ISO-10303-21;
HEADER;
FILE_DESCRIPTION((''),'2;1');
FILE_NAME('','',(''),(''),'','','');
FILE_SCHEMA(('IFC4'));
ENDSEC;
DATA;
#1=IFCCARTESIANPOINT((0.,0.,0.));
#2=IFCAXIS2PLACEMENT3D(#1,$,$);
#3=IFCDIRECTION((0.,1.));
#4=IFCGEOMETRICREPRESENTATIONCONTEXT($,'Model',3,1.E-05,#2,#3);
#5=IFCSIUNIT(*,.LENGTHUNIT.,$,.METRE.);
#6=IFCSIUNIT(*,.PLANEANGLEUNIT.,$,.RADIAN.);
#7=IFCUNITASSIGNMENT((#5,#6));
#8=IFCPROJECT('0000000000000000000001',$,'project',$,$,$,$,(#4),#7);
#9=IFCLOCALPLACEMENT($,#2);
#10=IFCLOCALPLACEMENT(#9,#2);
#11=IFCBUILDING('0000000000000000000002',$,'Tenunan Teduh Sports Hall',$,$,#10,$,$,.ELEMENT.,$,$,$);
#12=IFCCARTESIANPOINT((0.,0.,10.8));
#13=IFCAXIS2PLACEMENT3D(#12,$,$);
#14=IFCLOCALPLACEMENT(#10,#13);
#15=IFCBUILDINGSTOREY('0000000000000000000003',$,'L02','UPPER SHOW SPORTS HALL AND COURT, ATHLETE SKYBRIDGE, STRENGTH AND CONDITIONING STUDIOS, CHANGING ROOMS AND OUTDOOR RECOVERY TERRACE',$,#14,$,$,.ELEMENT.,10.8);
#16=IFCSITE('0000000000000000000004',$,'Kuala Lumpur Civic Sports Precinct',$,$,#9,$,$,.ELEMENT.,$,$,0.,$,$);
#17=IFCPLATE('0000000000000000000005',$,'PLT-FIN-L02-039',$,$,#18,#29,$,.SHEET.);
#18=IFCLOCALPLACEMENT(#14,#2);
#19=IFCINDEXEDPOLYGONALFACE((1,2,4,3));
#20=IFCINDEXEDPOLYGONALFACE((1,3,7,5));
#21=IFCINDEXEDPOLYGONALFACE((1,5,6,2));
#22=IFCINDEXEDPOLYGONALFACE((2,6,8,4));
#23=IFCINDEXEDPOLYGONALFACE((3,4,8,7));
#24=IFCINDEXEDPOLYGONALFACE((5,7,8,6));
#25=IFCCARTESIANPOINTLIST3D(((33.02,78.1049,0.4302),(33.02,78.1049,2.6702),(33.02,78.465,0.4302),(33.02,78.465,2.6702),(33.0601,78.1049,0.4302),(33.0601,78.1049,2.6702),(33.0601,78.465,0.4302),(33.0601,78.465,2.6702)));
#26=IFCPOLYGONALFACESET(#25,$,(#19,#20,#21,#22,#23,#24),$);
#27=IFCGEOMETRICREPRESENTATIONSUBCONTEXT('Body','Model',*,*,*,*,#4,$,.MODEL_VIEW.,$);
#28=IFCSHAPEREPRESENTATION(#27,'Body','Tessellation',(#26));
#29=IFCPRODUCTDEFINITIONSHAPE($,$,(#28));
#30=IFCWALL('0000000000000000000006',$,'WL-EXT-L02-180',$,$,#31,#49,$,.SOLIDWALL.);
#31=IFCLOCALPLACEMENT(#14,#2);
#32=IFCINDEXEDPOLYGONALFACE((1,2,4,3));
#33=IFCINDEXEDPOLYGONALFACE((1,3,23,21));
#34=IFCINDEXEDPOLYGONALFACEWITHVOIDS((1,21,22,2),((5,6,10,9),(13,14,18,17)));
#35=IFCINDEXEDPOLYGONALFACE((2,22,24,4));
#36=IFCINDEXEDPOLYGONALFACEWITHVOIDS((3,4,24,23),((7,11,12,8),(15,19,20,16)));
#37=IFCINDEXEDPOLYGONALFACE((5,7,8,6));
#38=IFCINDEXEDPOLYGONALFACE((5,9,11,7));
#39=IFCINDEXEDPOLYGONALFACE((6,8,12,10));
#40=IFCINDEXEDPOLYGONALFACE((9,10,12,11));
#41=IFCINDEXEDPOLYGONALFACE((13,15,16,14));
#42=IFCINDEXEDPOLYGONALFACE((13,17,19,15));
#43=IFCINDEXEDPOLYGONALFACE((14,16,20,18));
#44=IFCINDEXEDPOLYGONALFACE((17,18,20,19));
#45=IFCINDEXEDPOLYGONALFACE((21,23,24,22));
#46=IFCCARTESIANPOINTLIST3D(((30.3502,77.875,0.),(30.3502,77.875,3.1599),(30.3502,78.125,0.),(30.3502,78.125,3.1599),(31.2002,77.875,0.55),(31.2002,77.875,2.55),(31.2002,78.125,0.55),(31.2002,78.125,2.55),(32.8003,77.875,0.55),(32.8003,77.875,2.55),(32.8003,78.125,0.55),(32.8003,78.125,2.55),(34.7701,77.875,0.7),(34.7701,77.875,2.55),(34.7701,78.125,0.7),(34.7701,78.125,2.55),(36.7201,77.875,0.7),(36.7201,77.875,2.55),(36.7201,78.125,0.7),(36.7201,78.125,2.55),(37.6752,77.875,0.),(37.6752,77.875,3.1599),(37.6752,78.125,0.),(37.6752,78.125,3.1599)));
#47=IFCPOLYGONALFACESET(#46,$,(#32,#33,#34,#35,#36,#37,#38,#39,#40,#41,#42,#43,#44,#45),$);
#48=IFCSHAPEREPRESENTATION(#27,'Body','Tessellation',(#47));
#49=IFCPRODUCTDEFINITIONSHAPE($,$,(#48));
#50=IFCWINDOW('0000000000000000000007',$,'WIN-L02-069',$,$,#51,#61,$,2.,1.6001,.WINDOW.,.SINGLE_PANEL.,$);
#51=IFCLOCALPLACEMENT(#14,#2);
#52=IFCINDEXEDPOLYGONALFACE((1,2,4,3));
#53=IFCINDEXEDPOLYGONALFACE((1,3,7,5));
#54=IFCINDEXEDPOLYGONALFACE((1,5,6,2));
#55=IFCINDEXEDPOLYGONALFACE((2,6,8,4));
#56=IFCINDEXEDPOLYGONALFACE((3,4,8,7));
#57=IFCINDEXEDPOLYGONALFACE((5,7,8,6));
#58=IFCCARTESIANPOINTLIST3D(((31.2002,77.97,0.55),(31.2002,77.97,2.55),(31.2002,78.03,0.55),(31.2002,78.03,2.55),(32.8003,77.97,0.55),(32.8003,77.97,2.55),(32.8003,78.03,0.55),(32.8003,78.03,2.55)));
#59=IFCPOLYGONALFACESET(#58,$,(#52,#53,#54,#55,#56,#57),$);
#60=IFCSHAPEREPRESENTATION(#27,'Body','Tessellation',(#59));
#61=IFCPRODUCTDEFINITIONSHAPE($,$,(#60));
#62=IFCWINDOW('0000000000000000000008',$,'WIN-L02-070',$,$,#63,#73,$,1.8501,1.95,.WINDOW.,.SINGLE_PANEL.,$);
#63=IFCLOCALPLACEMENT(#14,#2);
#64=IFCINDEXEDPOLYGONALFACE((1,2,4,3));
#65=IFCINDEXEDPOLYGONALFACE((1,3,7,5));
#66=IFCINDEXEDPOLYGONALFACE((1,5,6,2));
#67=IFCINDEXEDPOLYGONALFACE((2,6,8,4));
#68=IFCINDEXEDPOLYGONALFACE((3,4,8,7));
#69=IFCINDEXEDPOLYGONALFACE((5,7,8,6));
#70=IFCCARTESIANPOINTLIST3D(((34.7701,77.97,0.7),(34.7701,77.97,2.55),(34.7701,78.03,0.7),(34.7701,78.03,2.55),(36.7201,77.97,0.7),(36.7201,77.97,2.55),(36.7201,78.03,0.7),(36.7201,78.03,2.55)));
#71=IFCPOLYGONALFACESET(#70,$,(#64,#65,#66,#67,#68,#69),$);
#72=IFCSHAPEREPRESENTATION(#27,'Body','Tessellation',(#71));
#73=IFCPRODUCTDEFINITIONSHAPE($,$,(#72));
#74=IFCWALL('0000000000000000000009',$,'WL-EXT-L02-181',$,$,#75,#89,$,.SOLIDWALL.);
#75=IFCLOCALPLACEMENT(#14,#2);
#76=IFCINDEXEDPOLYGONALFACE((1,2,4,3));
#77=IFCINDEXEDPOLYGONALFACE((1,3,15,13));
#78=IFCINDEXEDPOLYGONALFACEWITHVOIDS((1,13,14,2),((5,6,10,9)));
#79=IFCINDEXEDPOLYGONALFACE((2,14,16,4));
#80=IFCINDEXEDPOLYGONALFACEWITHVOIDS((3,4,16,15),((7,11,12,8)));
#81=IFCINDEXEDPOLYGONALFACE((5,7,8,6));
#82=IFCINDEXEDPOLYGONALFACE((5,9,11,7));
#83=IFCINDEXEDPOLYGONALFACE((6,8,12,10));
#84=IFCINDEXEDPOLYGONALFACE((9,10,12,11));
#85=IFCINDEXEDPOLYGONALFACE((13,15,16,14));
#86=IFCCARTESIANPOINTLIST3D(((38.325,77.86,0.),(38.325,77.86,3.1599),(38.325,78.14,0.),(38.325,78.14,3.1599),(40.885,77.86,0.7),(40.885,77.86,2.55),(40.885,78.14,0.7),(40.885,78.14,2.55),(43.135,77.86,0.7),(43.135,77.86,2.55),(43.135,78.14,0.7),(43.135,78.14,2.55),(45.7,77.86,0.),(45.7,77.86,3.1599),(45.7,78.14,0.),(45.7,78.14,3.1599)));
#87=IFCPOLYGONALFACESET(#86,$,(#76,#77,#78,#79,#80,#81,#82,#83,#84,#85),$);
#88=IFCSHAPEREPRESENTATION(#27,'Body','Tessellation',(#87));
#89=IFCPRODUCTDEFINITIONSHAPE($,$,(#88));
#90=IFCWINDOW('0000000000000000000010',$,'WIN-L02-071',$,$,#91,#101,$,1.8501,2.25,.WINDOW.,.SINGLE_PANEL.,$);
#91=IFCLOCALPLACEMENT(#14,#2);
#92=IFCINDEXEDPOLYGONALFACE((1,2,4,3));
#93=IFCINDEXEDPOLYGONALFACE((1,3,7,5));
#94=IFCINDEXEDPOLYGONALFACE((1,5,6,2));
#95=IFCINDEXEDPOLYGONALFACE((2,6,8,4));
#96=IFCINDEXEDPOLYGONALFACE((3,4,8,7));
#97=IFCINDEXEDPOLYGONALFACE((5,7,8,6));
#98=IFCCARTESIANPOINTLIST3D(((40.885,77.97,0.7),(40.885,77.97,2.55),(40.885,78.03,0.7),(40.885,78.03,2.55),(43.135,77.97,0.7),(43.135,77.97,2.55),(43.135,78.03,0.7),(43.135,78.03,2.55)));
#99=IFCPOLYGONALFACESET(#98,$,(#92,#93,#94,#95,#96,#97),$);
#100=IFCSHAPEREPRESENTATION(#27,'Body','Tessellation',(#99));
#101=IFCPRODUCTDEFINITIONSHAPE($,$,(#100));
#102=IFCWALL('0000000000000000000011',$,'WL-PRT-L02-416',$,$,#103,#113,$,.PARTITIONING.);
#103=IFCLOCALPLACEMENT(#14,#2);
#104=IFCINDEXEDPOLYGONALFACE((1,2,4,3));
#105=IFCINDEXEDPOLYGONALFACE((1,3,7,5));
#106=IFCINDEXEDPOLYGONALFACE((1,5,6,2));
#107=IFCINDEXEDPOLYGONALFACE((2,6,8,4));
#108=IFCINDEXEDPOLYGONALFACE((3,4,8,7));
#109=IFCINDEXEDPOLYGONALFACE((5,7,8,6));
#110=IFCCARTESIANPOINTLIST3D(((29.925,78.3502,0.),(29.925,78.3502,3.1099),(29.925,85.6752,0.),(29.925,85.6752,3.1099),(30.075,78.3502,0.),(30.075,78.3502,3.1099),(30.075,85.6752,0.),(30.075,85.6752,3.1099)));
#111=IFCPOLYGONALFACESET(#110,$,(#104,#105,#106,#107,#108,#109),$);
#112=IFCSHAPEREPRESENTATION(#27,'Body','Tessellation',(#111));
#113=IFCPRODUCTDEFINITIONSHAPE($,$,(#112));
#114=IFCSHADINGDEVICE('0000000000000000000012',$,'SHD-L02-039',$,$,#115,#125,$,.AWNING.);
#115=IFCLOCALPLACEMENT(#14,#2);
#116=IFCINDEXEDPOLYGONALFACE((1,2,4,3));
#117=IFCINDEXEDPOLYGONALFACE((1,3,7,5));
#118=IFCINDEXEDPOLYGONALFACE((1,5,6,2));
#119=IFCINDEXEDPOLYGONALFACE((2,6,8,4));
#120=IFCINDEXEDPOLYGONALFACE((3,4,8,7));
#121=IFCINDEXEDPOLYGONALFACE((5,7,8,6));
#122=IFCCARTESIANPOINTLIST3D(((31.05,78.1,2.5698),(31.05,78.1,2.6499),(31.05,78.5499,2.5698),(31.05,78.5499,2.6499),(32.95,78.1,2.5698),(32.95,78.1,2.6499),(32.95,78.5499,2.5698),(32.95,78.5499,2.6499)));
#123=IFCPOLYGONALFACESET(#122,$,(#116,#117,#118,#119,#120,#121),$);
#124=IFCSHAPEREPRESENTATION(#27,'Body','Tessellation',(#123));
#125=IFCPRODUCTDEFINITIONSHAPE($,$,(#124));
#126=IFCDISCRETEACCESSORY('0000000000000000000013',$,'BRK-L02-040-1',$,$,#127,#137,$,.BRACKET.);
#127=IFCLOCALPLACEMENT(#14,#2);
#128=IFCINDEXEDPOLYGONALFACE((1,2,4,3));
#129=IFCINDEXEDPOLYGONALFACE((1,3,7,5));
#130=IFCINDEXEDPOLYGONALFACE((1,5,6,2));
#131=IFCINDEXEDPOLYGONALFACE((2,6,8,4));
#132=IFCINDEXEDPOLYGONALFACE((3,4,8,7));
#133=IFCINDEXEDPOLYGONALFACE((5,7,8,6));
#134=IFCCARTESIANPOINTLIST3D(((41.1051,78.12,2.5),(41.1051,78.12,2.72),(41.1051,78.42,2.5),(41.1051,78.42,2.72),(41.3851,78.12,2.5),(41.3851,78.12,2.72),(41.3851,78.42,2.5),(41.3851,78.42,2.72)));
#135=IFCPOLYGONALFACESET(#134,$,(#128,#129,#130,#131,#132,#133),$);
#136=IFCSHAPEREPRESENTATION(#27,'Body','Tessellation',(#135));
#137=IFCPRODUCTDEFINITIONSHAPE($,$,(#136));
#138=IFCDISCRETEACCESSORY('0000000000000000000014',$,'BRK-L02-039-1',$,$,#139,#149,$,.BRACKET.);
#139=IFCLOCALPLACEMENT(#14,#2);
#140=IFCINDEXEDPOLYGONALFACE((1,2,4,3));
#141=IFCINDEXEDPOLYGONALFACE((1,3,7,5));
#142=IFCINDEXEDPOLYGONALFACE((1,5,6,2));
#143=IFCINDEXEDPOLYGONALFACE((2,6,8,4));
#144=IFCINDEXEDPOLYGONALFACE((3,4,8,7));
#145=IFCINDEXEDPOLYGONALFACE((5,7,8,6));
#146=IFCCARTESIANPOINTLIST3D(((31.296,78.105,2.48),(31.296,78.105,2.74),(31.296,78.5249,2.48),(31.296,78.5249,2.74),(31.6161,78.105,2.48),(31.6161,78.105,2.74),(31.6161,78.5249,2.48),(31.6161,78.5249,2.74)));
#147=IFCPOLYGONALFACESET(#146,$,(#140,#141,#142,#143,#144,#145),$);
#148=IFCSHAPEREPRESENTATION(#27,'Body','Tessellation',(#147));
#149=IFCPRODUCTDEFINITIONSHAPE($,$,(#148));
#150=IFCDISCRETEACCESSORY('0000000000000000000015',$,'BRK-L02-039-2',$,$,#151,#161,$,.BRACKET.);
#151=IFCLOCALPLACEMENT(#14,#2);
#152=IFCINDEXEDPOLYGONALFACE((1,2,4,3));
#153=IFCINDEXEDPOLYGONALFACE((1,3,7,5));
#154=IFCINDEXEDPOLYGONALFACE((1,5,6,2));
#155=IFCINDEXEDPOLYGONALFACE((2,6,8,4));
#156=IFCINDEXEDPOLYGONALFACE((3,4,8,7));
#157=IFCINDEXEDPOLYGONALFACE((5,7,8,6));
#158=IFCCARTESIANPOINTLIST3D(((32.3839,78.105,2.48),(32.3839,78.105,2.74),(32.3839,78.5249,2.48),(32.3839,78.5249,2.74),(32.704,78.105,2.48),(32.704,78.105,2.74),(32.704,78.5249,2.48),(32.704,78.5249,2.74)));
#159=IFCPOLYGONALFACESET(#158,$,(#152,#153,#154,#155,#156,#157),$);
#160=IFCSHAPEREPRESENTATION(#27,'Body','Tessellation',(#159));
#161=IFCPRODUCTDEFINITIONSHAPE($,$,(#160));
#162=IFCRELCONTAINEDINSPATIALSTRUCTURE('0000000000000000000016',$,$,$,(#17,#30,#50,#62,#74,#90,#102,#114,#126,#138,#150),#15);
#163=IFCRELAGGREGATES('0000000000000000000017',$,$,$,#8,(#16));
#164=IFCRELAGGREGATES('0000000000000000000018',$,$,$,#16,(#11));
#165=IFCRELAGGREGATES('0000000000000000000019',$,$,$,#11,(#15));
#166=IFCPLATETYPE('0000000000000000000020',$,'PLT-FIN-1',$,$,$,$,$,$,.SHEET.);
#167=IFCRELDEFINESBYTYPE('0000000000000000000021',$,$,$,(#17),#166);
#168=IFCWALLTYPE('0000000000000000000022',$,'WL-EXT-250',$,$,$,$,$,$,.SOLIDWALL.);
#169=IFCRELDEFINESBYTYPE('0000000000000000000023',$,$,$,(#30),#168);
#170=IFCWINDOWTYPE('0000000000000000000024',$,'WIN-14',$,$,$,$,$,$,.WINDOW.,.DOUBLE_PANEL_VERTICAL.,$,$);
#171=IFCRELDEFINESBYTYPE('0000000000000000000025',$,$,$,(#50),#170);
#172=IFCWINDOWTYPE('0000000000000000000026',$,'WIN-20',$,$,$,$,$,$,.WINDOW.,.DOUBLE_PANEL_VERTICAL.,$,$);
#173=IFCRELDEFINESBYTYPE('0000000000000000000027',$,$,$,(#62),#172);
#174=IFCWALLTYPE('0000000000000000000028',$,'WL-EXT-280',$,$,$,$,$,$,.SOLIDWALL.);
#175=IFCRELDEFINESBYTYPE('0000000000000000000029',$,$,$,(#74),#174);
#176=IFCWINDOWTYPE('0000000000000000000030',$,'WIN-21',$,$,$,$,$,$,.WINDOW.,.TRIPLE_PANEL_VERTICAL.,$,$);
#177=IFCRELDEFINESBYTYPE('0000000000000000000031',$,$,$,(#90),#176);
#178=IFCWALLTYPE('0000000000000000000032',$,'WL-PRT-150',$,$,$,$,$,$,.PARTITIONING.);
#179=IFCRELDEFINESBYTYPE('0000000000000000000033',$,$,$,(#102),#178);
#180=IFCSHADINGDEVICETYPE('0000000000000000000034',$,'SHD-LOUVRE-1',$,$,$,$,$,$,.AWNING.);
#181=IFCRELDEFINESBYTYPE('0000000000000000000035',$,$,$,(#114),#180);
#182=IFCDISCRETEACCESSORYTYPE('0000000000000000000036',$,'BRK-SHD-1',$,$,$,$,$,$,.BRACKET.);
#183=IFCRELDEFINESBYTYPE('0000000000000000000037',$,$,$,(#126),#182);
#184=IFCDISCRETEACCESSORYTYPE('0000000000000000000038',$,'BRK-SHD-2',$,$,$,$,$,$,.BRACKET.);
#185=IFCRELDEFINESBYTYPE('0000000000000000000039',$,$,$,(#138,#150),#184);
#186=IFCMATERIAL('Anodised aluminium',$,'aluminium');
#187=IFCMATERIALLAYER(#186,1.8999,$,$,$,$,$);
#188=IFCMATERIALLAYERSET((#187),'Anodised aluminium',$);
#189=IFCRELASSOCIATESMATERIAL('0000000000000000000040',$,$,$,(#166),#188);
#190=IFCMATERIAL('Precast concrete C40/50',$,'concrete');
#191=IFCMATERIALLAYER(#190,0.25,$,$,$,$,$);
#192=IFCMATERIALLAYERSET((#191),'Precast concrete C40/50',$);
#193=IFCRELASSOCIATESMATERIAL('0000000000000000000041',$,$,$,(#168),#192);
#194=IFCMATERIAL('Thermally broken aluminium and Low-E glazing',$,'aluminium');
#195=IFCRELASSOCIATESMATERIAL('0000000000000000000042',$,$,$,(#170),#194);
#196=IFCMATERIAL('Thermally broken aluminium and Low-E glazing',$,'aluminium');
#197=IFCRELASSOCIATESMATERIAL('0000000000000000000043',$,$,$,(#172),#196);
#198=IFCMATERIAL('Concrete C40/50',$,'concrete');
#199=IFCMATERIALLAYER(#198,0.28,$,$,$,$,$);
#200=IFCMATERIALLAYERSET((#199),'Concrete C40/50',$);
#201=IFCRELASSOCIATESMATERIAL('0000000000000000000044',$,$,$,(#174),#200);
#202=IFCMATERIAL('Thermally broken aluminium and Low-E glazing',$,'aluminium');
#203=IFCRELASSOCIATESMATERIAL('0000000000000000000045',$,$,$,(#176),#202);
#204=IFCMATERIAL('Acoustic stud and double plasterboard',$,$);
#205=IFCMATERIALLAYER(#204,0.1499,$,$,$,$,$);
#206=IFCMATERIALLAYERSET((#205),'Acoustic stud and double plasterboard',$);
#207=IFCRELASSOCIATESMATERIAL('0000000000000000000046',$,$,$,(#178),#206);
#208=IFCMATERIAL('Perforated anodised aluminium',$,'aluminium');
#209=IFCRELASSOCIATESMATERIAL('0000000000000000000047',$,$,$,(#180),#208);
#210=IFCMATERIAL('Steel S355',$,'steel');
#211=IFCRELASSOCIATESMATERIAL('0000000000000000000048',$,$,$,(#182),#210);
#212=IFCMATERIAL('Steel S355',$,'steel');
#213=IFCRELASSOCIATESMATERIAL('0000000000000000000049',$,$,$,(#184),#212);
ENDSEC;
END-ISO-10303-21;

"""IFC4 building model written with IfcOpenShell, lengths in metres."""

from ifc_helpers import new_model, si_unit, direction, frame, frame_2d, origin, origin_2d, place, context, subcontext, project, spatial, rectangle, extrude, material, layer, layer_set, type_object, element, fill, save


model = new_model("IFC4")

# Units and contexts
model_context = context("Model", 3, precision=1e-05, world=origin(), true_north=direction((0.0, 1.0)))
body_context = subcontext(model_context, "Body", "Model", "MODEL_VIEW")
ifc_project = project(units=[si_unit("LENGTHUNIT", "METRE"), si_unit("PLANEANGLEUNIT", "RADIAN")], contexts=[model_context])

# Site, building, storey
site_placement = place(None, origin())
site = spatial("IfcSite", under=ifc_project, at=site_placement, Name="Kuala Lumpur Civic Sports Precinct", CompositionType="ELEMENT", RefElevation=0.0)
building_placement = place(site_placement, origin())
building = spatial("IfcBuilding", under=site, at=building_placement, Name="Tenunan Teduh Sports Hall", CompositionType="ELEMENT")
storey_placement = place(building_placement, frame((0.0, 0.0, 10.8)))
storey = spatial("IfcBuildingStorey", under=building, at=storey_placement, Name="L02", Description="UPPER SHOW SPORTS HALL AND COURT, ATHLETE SKYBRIDGE, STRENGTH AND CONDITIONING STUDIOS, CHANGING ROOMS AND OUTDOOR RECOVERY TERRACE", CompositionType="ELEMENT", Elevation=10.8)

# Plate
ifc_material_1 = material(Name="Anodised aluminium", Category="aluminium")
ifc_layer_1 = layer(ifc_material_1, 1.8999)
ifc_layer_set_1 = layer_set([ifc_layer_1], Name="Anodised aluminium")
plate_type = type_object("IfcPlateType", Name="PLT-FIN-1", PredefinedType="SHEET", material=ifc_layer_set_1)
plate_placement = place(storey_placement, frame((33.04, 78.2849, 0.4302), z_axis=(0.0, 0.0, 1.0), x_axis=(1.0, 0.0, 0.0)))
element("IfcPlate", 1, at=plate_placement, inside=storey, type_object=plate_type, Name="PLT-FIN-L02-039", PredefinedType="SHEET", context=body_context, shape_type="SweptSolid", body=[
    extrude(rectangle(XDim=0.04, YDim=0.3601, at=origin_2d()), origin(), (0.0, 0.0, 1.0), 2.24),
])

# Wall, openings, windows
ifc_material_2 = material(Name="Precast concrete C40/50", Category="concrete")
ifc_layer_2 = layer(ifc_material_2, 0.25)
ifc_layer_set_2 = layer_set([ifc_layer_2], Name="Precast concrete C40/50")
wall_type_1 = type_object("IfcWallType", Name="WL-EXT-250", PredefinedType="SOLIDWALL", material=ifc_layer_set_2)
wall_1_placement = place(storey_placement, frame((30.3501, 78.0, 0.0), z_axis=(0.0, 0.0, 1.0), x_axis=(1.0, 0.0, 0.0)))
wall_1 = element("IfcWall", 2, at=wall_1_placement, inside=storey, type_object=wall_type_1, Name="WL-EXT-L02-180", PredefinedType="SOLIDWALL", context=body_context, shape_type="SweptSolid", body=[
    extrude(rectangle(XDim=7.325, YDim=0.25, at=frame_2d((3.6626, 0.0))), origin(), (0.0, 0.0, 1.0), 3.1599),
])
opening_1_placement = place(wall_1_placement, frame((0.8501, 0.0, 0.55)))
opening_1 = element("IfcOpeningElement", 3, at=opening_1_placement, cuts=wall_1, PredefinedType="OPENING", context=body_context, shape_type="SweptSolid", body=[
    extrude(rectangle(XDim=1.6001, YDim=2.0, at=frame_2d((0.8, 1.0))), frame((0.0, 0.135, 0.0), z_axis=(0.0, -1.0, 0.0), x_axis=(1.0, 0.0, 0.0)), (0.0, 0.0, 1.0), 0.27),
])
opening_2_placement = place(wall_1_placement, frame((4.4199, 0.0, 0.7)))
opening_2 = element("IfcOpeningElement", 4, at=opening_2_placement, cuts=wall_1, PredefinedType="OPENING", context=body_context, shape_type="SweptSolid", body=[
    extrude(rectangle(XDim=1.95, YDim=1.8501, at=frame_2d((0.9751, 0.925))), frame((0.0, 0.135, 0.0), z_axis=(0.0, -1.0, 0.0), x_axis=(1.0, 0.0, 0.0)), (0.0, 0.0, 1.0), 0.27),
])
ifc_material_3 = material(Name="Thermally broken aluminium and Low-E glazing", Category="aluminium")
window_type_1 = type_object("IfcWindowType", Name="WIN-14", PartitioningType="DOUBLE_PANEL_VERTICAL", PredefinedType="WINDOW", material=ifc_material_3)
window_1_placement = place(opening_1_placement, origin())
window_1 = element("IfcWindow", 5, at=window_1_placement, inside=storey, type_object=window_type_1, Name="WIN-L02-069", OverallHeight=2.0, OverallWidth=1.6001, PartitioningType="SINGLE_PANEL", PredefinedType="WINDOW", context=body_context, shape_type="SweptSolid", body=[
    extrude(rectangle(XDim=1.6001, YDim=2.0, at=frame_2d((0.8, 1.0))), frame((0.0, 0.03, 0.0), z_axis=(0.0, -1.0, 0.0), x_axis=(1.0, 0.0, 0.0)), (0.0, 0.0, 1.0), 0.0601),
])
fill(opening_1, window_1)
ifc_material_4 = material(Name="Thermally broken aluminium and Low-E glazing", Category="aluminium")
window_type_2 = type_object("IfcWindowType", Name="WIN-20", PartitioningType="DOUBLE_PANEL_VERTICAL", PredefinedType="WINDOW", material=ifc_material_4)
window_2_placement = place(opening_2_placement, origin())
window_2 = element("IfcWindow", 6, at=window_2_placement, inside=storey, type_object=window_type_2, Name="WIN-L02-070", OverallHeight=1.8501, OverallWidth=1.95, PartitioningType="SINGLE_PANEL", PredefinedType="WINDOW", context=body_context, shape_type="SweptSolid", body=[
    extrude(rectangle(XDim=1.95, YDim=1.8501, at=frame_2d((0.9751, 0.925))), frame((0.0, 0.03, 0.0), z_axis=(0.0, -1.0, 0.0), x_axis=(1.0, 0.0, 0.0)), (0.0, 0.0, 1.0), 0.0601),
])
fill(opening_2, window_2)

# Wall, opening, window
ifc_material_5 = material(Name="Concrete C40/50", Category="concrete")
ifc_layer_3 = layer(ifc_material_5, 0.28)
ifc_layer_set_3 = layer_set([ifc_layer_3], Name="Concrete C40/50")
wall_type_2 = type_object("IfcWallType", Name="WL-EXT-280", PredefinedType="SOLIDWALL", material=ifc_layer_set_3)
wall_2_placement = place(storey_placement, frame((38.325, 78.0, 0.0), z_axis=(0.0, 0.0, 1.0), x_axis=(1.0, 0.0, 0.0)))
wall_2 = element("IfcWall", 7, at=wall_2_placement, inside=storey, type_object=wall_type_2, Name="WL-EXT-L02-181", PredefinedType="SOLIDWALL", context=body_context, shape_type="SweptSolid", body=[
    extrude(rectangle(XDim=7.375, YDim=0.28, at=frame_2d((3.6875, 0.0))), origin(), (0.0, 0.0, 1.0), 3.1599),
])
opening_3_placement = place(wall_2_placement, frame((2.5601, 0.0, 0.7)))
opening_3 = element("IfcOpeningElement", 8, at=opening_3_placement, cuts=wall_2, PredefinedType="OPENING", context=body_context, shape_type="SweptSolid", body=[
    extrude(rectangle(XDim=2.25, YDim=1.8501, at=frame_2d((1.125, 0.925))), frame((0.0, 0.1499, 0.0), z_axis=(0.0, -1.0, 0.0), x_axis=(1.0, 0.0, 0.0)), (0.0, 0.0, 1.0), 0.3),
])
ifc_material_6 = material(Name="Thermally broken aluminium and Low-E glazing", Category="aluminium")
window_type_3 = type_object("IfcWindowType", Name="WIN-21", PartitioningType="TRIPLE_PANEL_VERTICAL", PredefinedType="WINDOW", material=ifc_material_6)
window_3_placement = place(opening_3_placement, origin())
window_3 = element("IfcWindow", 9, at=window_3_placement, inside=storey, type_object=window_type_3, Name="WIN-L02-071", OverallHeight=1.8501, OverallWidth=2.25, PartitioningType="SINGLE_PANEL", PredefinedType="WINDOW", context=body_context, shape_type="SweptSolid", body=[
    extrude(rectangle(XDim=2.25, YDim=1.8501, at=frame_2d((1.125, 0.925))), frame((0.0, 0.03, 0.0), z_axis=(0.0, -1.0, 0.0), x_axis=(1.0, 0.0, 0.0)), (0.0, 0.0, 1.0), 0.0601),
])
fill(opening_3, window_3)

# Wall
ifc_material_7 = material(Name="Acoustic stud and double plasterboard")
ifc_layer_4 = layer(ifc_material_7, 0.1499)
ifc_layer_set_4 = layer_set([ifc_layer_4], Name="Acoustic stud and double plasterboard")
wall_type_3 = type_object("IfcWallType", Name="WL-PRT-150", PredefinedType="PARTITIONING", material=ifc_layer_set_4)
wall_3_placement = place(storey_placement, frame((30.0, 78.3501, 0.0), z_axis=(0.0, 0.0, 1.0), x_axis=(0.0, 1.0, 0.0)))
element("IfcWall", 10, at=wall_3_placement, inside=storey, type_object=wall_type_3, Name="WL-PRT-L02-416", PredefinedType="PARTITIONING", context=body_context, shape_type="SweptSolid", body=[
    extrude(rectangle(XDim=7.325, YDim=0.1499, at=frame_2d((3.6626, 0.0))), origin(), (0.0, 0.0, 1.0), 3.1099),
])

# Shading device
ifc_material_8 = material(Name="Perforated anodised aluminium", Category="aluminium")
shading_device_type = type_object("IfcShadingDeviceType", Name="SHD-LOUVRE-1", PredefinedType="AWNING", material=ifc_material_8)
shading_device_placement = place(storey_placement, frame((32.0, 78.325, 2.5698), z_axis=(0.0, 0.0, 1.0), x_axis=(1.0, 0.0, 0.0)))
element("IfcShadingDevice", 11, at=shading_device_placement, inside=storey, type_object=shading_device_type, Name="SHD-L02-039", PredefinedType="AWNING", context=body_context, shape_type="SweptSolid", body=[
    extrude(rectangle(XDim=1.8999, YDim=0.45, at=origin_2d()), origin(), (0.0, 0.0, 1.0), 0.0801),
])

# Discrete accessories
ifc_material_9 = material(Name="Steel S355", Category="steel")
discrete_accessory_type_1 = type_object("IfcDiscreteAccessoryType", Name="BRK-SHD-1", PredefinedType="BRACKET", material=ifc_material_9)
discrete_accessory_placement = place(storey_placement, frame((41.2451, 78.27, 2.5), z_axis=(0.0, 0.0, 1.0), x_axis=(1.0, 0.0, 0.0)))
element("IfcDiscreteAccessory", 12, at=discrete_accessory_placement, inside=storey, type_object=discrete_accessory_type_1, Name="BRK-L02-040-1", PredefinedType="BRACKET", context=body_context, shape_type="SweptSolid", body=[
    extrude(rectangle(XDim=0.28, YDim=0.3, at=origin_2d()), origin(), (0.0, 0.0, 1.0), 0.22),
])
ifc_material_10 = material(Name="Steel S355", Category="steel")
discrete_accessory_type_2 = type_object("IfcDiscreteAccessoryType", Name="BRK-SHD-2", PredefinedType="BRACKET", material=ifc_material_10)
for number, where, z_axis, x_axis, name in (
    (13, (31.4561, 78.3149, 2.48), (0.0, 0.0, 1.0), (1.0, 0.0, 0.0), "BRK-L02-039-1"),
    (14, (32.5439, 78.3149, 2.48), (0.0, 0.0, 1.0), (1.0, 0.0, 0.0), "BRK-L02-039-2"),
):
    element("IfcDiscreteAccessory", number, at=place(storey_placement, frame(where, z_axis=z_axis, x_axis=x_axis)), inside=storey, type_object=discrete_accessory_type_2, Name=name, PredefinedType="BRACKET", context=body_context, shape_type="SweptSolid", body=[
        extrude(rectangle(XDim=0.3201, YDim=0.4199, at=origin_2d()), origin(), (0.0, 0.0, 1.0), 0.26),
    ])

save(model, "model.ifc")
